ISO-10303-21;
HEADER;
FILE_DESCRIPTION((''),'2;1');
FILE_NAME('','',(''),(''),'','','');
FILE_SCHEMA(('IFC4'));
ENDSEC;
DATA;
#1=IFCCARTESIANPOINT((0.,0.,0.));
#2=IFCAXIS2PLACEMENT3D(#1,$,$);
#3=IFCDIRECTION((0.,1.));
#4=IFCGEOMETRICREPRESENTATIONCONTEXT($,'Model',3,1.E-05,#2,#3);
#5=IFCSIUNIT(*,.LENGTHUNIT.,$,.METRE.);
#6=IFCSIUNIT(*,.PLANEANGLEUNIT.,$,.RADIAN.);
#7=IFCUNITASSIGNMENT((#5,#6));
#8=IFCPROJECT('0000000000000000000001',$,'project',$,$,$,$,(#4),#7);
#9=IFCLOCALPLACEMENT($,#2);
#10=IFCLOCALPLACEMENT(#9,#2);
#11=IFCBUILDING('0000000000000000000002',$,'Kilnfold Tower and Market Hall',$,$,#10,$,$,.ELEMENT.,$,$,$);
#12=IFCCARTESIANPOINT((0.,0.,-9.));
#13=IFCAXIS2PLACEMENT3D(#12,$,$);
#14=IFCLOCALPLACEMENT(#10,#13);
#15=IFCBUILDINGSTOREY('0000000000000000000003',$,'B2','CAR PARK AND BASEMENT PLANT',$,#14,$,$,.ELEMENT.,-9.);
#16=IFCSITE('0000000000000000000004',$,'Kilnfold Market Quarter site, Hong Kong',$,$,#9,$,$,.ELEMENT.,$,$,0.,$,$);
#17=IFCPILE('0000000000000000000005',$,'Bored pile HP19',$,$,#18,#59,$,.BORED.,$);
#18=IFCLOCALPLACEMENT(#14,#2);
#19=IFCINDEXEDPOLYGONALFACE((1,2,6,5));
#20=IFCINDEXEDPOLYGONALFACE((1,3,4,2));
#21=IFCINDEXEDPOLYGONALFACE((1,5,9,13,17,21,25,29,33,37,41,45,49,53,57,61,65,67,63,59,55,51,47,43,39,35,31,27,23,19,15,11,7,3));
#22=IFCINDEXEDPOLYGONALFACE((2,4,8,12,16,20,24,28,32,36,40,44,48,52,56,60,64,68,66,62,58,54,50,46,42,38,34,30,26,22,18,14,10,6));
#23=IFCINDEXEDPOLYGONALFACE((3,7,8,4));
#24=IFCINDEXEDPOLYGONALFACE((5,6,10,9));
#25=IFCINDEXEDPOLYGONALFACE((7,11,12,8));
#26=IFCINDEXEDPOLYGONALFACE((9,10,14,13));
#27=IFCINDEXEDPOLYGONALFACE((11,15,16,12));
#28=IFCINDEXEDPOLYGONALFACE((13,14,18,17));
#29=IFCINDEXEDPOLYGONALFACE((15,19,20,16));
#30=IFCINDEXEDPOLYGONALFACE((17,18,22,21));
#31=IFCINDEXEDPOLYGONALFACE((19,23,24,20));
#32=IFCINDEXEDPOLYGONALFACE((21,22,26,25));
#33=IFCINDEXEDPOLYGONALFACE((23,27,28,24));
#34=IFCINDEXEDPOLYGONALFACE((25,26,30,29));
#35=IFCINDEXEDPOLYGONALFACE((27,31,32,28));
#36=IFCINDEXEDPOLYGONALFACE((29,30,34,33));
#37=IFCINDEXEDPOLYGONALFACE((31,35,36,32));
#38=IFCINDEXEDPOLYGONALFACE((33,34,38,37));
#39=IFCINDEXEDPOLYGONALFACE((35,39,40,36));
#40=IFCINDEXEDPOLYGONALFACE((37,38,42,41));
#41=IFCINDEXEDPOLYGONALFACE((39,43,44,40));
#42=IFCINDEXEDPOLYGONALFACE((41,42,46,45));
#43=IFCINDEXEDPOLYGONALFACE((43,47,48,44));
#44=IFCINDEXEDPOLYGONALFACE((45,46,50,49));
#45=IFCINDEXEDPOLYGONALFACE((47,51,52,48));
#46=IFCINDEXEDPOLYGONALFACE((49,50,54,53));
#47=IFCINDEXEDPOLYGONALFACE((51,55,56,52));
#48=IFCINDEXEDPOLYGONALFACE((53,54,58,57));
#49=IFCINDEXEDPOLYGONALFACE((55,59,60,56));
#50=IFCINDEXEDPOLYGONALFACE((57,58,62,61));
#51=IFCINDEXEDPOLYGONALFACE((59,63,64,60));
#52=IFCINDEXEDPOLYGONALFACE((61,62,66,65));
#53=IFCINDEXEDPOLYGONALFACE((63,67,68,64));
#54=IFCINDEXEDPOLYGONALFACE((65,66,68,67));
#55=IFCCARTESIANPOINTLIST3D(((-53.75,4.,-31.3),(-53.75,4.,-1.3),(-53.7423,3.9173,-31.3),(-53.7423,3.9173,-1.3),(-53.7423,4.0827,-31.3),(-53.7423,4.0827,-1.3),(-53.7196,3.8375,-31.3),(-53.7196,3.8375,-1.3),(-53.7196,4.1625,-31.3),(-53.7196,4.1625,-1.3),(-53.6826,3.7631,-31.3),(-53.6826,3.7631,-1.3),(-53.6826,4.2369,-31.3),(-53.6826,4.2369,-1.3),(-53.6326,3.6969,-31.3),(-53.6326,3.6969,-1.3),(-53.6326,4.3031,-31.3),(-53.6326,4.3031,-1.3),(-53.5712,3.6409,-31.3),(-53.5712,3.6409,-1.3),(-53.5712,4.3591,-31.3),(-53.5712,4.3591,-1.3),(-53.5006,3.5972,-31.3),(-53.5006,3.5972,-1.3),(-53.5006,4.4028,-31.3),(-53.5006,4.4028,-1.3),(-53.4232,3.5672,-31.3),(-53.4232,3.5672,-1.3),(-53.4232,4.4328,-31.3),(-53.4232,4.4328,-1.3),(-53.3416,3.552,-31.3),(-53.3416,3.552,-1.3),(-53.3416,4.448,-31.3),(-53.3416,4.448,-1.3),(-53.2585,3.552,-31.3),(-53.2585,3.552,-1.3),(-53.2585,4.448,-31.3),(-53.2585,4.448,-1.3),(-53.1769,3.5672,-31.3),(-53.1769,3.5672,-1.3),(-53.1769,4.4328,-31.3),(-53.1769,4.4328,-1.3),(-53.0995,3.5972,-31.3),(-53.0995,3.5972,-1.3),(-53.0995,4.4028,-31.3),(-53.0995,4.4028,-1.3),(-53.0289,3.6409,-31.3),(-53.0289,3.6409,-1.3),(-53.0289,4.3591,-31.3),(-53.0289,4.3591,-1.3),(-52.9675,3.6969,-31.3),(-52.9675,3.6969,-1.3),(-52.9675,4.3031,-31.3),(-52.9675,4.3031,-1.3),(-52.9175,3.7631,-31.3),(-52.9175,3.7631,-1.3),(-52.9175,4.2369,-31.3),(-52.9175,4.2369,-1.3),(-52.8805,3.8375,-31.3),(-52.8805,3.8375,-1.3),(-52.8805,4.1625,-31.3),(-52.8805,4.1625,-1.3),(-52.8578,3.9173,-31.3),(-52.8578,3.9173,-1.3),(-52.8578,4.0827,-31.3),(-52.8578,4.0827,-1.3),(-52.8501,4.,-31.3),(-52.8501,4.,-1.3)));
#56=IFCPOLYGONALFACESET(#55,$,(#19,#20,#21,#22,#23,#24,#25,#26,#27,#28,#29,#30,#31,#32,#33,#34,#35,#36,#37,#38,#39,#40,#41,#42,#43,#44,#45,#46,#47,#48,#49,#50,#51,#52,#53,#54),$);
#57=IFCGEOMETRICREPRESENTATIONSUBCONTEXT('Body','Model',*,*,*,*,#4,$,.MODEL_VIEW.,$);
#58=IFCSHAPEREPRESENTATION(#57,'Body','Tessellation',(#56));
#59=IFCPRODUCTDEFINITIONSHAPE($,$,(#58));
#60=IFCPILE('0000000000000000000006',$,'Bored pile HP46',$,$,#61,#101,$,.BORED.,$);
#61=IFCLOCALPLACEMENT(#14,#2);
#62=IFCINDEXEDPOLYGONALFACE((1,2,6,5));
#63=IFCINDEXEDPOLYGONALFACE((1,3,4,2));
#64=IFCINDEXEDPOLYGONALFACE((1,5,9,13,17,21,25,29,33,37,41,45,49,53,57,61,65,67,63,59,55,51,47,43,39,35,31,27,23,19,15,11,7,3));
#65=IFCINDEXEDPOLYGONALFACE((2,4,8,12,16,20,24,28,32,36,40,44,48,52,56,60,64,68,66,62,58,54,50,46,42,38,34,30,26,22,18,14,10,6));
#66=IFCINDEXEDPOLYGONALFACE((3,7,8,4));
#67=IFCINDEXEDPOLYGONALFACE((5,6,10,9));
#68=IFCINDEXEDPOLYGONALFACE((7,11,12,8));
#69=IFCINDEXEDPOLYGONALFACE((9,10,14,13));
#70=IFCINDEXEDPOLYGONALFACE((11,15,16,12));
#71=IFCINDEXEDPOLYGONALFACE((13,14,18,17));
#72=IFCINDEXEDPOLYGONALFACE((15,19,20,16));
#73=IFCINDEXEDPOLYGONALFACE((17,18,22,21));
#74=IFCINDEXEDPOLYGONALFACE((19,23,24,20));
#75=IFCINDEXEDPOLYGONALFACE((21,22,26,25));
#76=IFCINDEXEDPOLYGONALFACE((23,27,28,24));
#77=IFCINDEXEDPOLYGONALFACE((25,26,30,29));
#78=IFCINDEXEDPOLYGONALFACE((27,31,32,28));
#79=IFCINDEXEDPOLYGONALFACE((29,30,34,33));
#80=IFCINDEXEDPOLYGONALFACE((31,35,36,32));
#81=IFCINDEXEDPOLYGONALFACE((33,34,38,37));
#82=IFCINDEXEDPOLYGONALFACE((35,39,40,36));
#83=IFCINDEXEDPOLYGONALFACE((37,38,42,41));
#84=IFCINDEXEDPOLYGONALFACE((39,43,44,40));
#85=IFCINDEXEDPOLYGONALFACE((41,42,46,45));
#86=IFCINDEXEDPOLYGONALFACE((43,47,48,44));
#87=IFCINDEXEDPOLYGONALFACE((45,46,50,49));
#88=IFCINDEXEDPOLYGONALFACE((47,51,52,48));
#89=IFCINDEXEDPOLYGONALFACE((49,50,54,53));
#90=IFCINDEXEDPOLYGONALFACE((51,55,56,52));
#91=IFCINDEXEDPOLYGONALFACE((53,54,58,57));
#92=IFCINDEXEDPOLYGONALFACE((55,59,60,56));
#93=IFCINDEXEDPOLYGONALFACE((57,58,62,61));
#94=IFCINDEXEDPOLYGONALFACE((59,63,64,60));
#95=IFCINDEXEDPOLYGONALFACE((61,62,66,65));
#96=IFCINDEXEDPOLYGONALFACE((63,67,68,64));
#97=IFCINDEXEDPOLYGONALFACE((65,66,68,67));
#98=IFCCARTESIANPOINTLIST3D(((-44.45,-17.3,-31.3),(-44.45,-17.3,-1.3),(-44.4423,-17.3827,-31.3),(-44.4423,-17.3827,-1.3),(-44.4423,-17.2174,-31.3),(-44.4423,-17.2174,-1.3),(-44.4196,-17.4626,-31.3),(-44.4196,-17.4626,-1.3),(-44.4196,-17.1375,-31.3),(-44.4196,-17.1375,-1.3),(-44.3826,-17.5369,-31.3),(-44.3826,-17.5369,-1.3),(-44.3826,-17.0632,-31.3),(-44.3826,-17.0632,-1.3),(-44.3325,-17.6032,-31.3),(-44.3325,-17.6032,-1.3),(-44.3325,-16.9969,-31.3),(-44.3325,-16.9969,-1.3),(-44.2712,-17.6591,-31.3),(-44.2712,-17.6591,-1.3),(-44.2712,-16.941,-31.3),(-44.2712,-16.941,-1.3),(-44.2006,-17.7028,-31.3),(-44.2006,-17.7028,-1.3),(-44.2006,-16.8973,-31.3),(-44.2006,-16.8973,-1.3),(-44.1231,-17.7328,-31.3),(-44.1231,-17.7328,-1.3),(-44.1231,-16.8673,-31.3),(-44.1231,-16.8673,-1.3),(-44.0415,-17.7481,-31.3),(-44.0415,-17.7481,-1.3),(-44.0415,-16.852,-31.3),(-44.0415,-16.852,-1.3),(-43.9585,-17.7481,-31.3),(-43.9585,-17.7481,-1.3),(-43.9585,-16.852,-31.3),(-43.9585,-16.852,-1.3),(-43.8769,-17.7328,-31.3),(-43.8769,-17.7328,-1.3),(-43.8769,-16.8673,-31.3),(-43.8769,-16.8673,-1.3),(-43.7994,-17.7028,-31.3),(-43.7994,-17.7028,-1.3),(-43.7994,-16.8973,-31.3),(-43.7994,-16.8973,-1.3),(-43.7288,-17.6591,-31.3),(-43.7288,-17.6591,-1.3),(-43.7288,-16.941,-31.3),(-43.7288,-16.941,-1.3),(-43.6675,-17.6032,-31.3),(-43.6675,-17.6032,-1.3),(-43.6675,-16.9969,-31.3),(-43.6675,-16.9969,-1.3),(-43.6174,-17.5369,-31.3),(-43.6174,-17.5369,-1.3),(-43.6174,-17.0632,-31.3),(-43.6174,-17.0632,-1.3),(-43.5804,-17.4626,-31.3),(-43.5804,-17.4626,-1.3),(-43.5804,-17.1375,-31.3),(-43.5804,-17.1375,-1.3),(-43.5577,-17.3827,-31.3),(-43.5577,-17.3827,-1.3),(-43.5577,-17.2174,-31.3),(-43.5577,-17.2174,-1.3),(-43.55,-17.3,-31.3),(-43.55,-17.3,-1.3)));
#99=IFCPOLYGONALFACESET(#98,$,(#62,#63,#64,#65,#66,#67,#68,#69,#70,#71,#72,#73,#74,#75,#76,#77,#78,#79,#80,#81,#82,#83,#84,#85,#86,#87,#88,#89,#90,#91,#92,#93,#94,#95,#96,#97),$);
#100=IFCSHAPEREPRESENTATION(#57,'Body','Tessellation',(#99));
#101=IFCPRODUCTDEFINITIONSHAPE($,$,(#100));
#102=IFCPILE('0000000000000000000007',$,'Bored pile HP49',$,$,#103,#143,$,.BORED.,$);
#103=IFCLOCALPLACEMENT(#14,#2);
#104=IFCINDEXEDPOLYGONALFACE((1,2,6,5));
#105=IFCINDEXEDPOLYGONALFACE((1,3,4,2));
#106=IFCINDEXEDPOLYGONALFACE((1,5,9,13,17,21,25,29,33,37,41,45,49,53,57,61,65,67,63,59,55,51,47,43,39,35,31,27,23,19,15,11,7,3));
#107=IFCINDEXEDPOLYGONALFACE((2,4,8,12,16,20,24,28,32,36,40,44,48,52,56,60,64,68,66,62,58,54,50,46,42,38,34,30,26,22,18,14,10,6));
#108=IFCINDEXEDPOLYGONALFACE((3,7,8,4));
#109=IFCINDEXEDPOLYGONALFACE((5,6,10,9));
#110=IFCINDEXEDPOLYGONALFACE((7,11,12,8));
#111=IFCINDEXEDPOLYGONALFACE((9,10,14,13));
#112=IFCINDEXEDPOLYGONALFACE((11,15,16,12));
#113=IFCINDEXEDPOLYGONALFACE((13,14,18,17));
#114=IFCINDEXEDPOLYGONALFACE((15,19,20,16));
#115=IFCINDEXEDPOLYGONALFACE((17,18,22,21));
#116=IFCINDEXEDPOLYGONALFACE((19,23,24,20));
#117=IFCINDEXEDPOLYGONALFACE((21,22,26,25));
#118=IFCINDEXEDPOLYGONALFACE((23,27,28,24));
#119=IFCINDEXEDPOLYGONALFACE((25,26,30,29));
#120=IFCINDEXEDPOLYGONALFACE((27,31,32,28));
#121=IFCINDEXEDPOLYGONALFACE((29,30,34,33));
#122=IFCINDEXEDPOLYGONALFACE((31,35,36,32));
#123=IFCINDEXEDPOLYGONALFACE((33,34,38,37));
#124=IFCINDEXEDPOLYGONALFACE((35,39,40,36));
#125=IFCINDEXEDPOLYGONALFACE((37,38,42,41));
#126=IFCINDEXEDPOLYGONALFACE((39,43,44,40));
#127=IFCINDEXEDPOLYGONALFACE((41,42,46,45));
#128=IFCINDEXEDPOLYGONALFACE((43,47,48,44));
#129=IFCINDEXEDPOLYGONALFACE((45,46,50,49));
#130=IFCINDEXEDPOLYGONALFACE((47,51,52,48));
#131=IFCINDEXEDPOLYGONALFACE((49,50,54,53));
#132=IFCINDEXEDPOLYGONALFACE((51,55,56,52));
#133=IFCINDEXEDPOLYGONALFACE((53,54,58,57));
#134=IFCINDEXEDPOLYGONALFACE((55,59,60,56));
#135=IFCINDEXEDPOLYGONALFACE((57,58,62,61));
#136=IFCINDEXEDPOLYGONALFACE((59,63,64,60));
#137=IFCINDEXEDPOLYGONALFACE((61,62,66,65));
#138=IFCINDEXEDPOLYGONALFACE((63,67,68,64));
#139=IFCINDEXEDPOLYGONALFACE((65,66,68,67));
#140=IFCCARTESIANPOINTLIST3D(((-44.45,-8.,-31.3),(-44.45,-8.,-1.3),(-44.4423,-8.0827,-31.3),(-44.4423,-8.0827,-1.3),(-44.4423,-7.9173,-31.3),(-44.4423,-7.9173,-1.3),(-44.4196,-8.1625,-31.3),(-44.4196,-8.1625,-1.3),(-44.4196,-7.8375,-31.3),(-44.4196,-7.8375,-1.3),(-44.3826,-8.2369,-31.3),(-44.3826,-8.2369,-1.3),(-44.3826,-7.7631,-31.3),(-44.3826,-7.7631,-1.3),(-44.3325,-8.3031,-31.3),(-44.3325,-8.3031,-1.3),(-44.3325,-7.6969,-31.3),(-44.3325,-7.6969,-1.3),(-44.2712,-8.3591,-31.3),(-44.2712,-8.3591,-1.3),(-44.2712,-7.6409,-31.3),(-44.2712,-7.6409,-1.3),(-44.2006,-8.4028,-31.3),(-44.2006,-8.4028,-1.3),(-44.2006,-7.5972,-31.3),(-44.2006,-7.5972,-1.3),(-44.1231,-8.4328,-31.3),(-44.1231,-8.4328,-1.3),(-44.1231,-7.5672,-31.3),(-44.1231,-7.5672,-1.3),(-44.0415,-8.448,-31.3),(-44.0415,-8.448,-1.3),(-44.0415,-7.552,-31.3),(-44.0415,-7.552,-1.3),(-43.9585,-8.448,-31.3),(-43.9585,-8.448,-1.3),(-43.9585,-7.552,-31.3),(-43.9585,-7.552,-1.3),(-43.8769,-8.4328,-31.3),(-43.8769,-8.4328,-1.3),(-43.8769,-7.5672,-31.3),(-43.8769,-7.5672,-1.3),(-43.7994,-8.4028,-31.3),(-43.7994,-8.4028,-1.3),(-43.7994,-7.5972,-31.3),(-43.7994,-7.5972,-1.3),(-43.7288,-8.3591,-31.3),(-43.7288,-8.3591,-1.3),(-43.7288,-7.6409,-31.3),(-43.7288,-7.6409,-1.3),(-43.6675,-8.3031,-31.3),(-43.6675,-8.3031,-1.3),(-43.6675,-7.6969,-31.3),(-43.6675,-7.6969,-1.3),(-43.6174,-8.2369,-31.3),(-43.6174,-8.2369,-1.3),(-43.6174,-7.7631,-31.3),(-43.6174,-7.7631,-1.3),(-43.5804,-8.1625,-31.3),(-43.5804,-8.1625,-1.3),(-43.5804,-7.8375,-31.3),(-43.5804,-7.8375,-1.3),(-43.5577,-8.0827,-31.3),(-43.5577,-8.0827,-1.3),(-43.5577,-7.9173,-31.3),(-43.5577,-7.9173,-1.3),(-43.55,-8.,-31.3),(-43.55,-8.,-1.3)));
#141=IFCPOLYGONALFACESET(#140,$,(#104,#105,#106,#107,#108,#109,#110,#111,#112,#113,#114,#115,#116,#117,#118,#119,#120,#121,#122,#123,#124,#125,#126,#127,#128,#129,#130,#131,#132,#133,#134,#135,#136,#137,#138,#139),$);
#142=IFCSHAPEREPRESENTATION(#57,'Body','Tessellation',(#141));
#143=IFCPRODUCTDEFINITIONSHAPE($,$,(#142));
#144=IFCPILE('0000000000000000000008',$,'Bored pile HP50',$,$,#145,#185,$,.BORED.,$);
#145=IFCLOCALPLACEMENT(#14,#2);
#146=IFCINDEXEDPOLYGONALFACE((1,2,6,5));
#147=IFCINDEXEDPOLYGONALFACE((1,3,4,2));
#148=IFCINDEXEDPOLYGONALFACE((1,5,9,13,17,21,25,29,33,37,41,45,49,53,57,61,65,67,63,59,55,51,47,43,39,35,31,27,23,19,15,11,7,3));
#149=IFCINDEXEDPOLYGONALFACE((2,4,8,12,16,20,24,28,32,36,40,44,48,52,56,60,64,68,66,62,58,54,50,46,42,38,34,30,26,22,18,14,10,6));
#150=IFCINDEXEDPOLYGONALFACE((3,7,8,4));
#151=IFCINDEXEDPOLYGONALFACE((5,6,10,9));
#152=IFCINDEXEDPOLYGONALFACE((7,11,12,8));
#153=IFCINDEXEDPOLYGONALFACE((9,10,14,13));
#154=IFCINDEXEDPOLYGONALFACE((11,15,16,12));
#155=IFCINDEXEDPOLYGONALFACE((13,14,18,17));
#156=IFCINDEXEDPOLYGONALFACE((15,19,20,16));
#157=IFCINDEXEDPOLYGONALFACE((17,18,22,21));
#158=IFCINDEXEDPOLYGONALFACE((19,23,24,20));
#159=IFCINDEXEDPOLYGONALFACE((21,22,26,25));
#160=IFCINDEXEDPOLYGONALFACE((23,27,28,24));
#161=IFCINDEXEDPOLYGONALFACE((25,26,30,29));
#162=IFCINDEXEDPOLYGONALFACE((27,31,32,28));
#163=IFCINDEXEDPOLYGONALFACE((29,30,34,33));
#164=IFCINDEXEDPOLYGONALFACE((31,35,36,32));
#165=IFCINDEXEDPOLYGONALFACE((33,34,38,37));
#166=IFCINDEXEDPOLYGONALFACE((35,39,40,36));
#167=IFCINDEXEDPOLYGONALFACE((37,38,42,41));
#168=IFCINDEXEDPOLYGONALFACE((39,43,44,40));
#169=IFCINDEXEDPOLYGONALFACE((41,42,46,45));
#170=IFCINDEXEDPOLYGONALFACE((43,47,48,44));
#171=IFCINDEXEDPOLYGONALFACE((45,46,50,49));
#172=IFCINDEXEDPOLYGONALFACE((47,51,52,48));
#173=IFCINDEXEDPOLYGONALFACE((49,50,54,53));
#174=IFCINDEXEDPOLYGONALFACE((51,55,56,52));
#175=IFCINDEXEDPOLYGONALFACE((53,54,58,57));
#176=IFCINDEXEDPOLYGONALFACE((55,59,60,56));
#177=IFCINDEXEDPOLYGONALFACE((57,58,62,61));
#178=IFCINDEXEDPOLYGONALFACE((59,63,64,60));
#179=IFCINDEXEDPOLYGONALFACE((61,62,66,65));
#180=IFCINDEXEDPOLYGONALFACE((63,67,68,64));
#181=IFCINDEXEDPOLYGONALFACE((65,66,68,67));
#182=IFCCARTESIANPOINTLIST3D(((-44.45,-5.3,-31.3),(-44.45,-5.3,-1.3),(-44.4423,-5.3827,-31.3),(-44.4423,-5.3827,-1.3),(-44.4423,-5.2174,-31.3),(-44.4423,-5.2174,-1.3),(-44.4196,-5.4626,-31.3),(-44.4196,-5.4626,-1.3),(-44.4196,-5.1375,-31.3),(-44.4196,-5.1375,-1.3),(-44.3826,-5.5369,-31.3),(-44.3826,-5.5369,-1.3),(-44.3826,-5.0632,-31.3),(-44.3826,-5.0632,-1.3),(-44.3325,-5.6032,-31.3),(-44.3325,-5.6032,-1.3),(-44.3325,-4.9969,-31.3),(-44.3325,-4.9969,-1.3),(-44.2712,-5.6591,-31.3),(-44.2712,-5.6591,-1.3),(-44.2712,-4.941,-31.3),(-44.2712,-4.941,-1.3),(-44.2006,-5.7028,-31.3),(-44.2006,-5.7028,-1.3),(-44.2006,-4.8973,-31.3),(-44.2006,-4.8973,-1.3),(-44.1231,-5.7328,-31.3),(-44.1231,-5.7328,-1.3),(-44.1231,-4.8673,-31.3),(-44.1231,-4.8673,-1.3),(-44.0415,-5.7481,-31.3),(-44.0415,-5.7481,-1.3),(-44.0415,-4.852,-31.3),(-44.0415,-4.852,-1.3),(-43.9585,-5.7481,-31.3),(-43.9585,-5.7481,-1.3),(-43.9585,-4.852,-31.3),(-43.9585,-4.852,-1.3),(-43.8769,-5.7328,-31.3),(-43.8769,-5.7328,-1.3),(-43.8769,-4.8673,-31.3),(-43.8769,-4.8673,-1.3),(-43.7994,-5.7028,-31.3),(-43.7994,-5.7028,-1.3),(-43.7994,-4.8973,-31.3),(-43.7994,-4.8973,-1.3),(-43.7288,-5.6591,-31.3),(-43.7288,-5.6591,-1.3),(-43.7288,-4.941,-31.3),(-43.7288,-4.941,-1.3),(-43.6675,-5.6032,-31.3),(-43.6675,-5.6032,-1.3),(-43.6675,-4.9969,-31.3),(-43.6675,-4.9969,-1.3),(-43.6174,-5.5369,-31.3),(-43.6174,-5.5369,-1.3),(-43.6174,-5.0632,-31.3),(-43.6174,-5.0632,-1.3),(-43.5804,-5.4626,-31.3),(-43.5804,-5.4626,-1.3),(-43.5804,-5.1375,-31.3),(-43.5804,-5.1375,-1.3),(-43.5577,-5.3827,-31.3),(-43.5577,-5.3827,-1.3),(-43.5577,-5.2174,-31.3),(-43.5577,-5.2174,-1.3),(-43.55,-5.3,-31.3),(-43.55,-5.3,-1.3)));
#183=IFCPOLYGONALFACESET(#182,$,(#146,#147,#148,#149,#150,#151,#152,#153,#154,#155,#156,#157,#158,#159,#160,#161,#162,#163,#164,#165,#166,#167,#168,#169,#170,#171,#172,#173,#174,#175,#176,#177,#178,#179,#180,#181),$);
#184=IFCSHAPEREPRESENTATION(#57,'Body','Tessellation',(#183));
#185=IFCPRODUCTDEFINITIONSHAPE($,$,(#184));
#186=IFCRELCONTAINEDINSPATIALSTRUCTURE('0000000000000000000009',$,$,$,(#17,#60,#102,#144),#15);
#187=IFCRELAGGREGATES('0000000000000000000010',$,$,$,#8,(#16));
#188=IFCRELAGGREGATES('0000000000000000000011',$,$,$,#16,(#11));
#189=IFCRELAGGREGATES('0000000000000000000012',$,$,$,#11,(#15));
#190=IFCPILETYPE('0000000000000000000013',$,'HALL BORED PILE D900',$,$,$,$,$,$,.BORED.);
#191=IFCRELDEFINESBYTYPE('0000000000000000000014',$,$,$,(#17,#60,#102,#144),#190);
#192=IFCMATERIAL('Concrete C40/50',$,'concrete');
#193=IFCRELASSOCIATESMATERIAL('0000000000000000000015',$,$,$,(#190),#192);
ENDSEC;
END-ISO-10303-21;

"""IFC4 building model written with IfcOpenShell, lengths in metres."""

from ifc_helpers import new_model, si_unit, direction, frame, origin, origin_2d, place, context, subcontext, project, spatial, circle, extrude, source, transform, mapped, material, material_profile, profile_set, type_object, element, save


model = new_model("IFC4")

# Units and contexts
model_context = context("Model", 3, precision=1e-05, world=origin(), true_north=direction((0.0, 1.0)))
body_context = subcontext(model_context, "Body", "Model", "MODEL_VIEW")
ifc_project = project(units=[si_unit("LENGTHUNIT", "METRE"), si_unit("PLANEANGLEUNIT", "RADIAN")], contexts=[model_context])

# Site, building, storey
site_placement = place(None, origin())
site = spatial("IfcSite", under=ifc_project, at=site_placement, Name="Kilnfold Market Quarter site, Hong Kong", CompositionType="ELEMENT", RefElevation=0.0)
building_placement = place(site_placement, origin())
building = spatial("IfcBuilding", under=site, at=building_placement, Name="Kilnfold Tower and Market Hall", CompositionType="ELEMENT")
storey_placement = place(building_placement, frame((0.0, 0.0, -9.0)))
storey = spatial("IfcBuildingStorey", under=building, at=storey_placement, Name="B2", Description="CAR PARK AND BASEMENT PLANT", CompositionType="ELEMENT", Elevation=-9.0)

# Piles
ifc_material_1 = material(Name="Concrete C40/50", Category="concrete")
ifc_material_profile_1 = material_profile(ifc_material_1, circle(Radius=0.45, at=origin_2d()), Name="D900")
ifc_profile_set_1 = profile_set([ifc_material_profile_1], Name="Concrete C40/50")
pile_type = type_object("IfcPileType", Name="HALL BORED PILE D900", PredefinedType="BORED", material=ifc_profile_set_1)
shared_shape_1 = source(origin(), body_context, "Body", "SweptSolid", [
    extrude(circle(Radius=0.45, at=origin_2d()), origin(), (0.0, 0.0, 1.0), 30.0),
])
for number, where, z_axis, x_axis, name in (
    (1, (-53.3, 4.0, -1.3), (0.0, 0.0, -1.0), (1.0, 0.0, 0.0), "Bored pile HP19"),
    (2, (-44.0, -17.3, -1.3), (0.0, 0.0, -1.0), (1.0, 0.0, 0.0), "Bored pile HP46"),
    (3, (-44.0, -8.0, -1.3), (0.0, 0.0, -1.0), (1.0, 0.0, 0.0), "Bored pile HP49"),
    (4, (-44.0, -5.3, -1.3), (0.0, 0.0, -1.0), (1.0, 0.0, 0.0), "Bored pile HP50"),
):
    element("IfcPile", number, at=place(storey_placement, frame(where, z_axis=z_axis, x_axis=x_axis)), inside=storey, type_object=pile_type, Name=name, PredefinedType="BORED", context=body_context, shape_type="MappedRepresentation", body=[
        mapped(shared_shape_1, transform((0.0, 0.0, 0.0))),
    ])

save(model, "model.ifc")
